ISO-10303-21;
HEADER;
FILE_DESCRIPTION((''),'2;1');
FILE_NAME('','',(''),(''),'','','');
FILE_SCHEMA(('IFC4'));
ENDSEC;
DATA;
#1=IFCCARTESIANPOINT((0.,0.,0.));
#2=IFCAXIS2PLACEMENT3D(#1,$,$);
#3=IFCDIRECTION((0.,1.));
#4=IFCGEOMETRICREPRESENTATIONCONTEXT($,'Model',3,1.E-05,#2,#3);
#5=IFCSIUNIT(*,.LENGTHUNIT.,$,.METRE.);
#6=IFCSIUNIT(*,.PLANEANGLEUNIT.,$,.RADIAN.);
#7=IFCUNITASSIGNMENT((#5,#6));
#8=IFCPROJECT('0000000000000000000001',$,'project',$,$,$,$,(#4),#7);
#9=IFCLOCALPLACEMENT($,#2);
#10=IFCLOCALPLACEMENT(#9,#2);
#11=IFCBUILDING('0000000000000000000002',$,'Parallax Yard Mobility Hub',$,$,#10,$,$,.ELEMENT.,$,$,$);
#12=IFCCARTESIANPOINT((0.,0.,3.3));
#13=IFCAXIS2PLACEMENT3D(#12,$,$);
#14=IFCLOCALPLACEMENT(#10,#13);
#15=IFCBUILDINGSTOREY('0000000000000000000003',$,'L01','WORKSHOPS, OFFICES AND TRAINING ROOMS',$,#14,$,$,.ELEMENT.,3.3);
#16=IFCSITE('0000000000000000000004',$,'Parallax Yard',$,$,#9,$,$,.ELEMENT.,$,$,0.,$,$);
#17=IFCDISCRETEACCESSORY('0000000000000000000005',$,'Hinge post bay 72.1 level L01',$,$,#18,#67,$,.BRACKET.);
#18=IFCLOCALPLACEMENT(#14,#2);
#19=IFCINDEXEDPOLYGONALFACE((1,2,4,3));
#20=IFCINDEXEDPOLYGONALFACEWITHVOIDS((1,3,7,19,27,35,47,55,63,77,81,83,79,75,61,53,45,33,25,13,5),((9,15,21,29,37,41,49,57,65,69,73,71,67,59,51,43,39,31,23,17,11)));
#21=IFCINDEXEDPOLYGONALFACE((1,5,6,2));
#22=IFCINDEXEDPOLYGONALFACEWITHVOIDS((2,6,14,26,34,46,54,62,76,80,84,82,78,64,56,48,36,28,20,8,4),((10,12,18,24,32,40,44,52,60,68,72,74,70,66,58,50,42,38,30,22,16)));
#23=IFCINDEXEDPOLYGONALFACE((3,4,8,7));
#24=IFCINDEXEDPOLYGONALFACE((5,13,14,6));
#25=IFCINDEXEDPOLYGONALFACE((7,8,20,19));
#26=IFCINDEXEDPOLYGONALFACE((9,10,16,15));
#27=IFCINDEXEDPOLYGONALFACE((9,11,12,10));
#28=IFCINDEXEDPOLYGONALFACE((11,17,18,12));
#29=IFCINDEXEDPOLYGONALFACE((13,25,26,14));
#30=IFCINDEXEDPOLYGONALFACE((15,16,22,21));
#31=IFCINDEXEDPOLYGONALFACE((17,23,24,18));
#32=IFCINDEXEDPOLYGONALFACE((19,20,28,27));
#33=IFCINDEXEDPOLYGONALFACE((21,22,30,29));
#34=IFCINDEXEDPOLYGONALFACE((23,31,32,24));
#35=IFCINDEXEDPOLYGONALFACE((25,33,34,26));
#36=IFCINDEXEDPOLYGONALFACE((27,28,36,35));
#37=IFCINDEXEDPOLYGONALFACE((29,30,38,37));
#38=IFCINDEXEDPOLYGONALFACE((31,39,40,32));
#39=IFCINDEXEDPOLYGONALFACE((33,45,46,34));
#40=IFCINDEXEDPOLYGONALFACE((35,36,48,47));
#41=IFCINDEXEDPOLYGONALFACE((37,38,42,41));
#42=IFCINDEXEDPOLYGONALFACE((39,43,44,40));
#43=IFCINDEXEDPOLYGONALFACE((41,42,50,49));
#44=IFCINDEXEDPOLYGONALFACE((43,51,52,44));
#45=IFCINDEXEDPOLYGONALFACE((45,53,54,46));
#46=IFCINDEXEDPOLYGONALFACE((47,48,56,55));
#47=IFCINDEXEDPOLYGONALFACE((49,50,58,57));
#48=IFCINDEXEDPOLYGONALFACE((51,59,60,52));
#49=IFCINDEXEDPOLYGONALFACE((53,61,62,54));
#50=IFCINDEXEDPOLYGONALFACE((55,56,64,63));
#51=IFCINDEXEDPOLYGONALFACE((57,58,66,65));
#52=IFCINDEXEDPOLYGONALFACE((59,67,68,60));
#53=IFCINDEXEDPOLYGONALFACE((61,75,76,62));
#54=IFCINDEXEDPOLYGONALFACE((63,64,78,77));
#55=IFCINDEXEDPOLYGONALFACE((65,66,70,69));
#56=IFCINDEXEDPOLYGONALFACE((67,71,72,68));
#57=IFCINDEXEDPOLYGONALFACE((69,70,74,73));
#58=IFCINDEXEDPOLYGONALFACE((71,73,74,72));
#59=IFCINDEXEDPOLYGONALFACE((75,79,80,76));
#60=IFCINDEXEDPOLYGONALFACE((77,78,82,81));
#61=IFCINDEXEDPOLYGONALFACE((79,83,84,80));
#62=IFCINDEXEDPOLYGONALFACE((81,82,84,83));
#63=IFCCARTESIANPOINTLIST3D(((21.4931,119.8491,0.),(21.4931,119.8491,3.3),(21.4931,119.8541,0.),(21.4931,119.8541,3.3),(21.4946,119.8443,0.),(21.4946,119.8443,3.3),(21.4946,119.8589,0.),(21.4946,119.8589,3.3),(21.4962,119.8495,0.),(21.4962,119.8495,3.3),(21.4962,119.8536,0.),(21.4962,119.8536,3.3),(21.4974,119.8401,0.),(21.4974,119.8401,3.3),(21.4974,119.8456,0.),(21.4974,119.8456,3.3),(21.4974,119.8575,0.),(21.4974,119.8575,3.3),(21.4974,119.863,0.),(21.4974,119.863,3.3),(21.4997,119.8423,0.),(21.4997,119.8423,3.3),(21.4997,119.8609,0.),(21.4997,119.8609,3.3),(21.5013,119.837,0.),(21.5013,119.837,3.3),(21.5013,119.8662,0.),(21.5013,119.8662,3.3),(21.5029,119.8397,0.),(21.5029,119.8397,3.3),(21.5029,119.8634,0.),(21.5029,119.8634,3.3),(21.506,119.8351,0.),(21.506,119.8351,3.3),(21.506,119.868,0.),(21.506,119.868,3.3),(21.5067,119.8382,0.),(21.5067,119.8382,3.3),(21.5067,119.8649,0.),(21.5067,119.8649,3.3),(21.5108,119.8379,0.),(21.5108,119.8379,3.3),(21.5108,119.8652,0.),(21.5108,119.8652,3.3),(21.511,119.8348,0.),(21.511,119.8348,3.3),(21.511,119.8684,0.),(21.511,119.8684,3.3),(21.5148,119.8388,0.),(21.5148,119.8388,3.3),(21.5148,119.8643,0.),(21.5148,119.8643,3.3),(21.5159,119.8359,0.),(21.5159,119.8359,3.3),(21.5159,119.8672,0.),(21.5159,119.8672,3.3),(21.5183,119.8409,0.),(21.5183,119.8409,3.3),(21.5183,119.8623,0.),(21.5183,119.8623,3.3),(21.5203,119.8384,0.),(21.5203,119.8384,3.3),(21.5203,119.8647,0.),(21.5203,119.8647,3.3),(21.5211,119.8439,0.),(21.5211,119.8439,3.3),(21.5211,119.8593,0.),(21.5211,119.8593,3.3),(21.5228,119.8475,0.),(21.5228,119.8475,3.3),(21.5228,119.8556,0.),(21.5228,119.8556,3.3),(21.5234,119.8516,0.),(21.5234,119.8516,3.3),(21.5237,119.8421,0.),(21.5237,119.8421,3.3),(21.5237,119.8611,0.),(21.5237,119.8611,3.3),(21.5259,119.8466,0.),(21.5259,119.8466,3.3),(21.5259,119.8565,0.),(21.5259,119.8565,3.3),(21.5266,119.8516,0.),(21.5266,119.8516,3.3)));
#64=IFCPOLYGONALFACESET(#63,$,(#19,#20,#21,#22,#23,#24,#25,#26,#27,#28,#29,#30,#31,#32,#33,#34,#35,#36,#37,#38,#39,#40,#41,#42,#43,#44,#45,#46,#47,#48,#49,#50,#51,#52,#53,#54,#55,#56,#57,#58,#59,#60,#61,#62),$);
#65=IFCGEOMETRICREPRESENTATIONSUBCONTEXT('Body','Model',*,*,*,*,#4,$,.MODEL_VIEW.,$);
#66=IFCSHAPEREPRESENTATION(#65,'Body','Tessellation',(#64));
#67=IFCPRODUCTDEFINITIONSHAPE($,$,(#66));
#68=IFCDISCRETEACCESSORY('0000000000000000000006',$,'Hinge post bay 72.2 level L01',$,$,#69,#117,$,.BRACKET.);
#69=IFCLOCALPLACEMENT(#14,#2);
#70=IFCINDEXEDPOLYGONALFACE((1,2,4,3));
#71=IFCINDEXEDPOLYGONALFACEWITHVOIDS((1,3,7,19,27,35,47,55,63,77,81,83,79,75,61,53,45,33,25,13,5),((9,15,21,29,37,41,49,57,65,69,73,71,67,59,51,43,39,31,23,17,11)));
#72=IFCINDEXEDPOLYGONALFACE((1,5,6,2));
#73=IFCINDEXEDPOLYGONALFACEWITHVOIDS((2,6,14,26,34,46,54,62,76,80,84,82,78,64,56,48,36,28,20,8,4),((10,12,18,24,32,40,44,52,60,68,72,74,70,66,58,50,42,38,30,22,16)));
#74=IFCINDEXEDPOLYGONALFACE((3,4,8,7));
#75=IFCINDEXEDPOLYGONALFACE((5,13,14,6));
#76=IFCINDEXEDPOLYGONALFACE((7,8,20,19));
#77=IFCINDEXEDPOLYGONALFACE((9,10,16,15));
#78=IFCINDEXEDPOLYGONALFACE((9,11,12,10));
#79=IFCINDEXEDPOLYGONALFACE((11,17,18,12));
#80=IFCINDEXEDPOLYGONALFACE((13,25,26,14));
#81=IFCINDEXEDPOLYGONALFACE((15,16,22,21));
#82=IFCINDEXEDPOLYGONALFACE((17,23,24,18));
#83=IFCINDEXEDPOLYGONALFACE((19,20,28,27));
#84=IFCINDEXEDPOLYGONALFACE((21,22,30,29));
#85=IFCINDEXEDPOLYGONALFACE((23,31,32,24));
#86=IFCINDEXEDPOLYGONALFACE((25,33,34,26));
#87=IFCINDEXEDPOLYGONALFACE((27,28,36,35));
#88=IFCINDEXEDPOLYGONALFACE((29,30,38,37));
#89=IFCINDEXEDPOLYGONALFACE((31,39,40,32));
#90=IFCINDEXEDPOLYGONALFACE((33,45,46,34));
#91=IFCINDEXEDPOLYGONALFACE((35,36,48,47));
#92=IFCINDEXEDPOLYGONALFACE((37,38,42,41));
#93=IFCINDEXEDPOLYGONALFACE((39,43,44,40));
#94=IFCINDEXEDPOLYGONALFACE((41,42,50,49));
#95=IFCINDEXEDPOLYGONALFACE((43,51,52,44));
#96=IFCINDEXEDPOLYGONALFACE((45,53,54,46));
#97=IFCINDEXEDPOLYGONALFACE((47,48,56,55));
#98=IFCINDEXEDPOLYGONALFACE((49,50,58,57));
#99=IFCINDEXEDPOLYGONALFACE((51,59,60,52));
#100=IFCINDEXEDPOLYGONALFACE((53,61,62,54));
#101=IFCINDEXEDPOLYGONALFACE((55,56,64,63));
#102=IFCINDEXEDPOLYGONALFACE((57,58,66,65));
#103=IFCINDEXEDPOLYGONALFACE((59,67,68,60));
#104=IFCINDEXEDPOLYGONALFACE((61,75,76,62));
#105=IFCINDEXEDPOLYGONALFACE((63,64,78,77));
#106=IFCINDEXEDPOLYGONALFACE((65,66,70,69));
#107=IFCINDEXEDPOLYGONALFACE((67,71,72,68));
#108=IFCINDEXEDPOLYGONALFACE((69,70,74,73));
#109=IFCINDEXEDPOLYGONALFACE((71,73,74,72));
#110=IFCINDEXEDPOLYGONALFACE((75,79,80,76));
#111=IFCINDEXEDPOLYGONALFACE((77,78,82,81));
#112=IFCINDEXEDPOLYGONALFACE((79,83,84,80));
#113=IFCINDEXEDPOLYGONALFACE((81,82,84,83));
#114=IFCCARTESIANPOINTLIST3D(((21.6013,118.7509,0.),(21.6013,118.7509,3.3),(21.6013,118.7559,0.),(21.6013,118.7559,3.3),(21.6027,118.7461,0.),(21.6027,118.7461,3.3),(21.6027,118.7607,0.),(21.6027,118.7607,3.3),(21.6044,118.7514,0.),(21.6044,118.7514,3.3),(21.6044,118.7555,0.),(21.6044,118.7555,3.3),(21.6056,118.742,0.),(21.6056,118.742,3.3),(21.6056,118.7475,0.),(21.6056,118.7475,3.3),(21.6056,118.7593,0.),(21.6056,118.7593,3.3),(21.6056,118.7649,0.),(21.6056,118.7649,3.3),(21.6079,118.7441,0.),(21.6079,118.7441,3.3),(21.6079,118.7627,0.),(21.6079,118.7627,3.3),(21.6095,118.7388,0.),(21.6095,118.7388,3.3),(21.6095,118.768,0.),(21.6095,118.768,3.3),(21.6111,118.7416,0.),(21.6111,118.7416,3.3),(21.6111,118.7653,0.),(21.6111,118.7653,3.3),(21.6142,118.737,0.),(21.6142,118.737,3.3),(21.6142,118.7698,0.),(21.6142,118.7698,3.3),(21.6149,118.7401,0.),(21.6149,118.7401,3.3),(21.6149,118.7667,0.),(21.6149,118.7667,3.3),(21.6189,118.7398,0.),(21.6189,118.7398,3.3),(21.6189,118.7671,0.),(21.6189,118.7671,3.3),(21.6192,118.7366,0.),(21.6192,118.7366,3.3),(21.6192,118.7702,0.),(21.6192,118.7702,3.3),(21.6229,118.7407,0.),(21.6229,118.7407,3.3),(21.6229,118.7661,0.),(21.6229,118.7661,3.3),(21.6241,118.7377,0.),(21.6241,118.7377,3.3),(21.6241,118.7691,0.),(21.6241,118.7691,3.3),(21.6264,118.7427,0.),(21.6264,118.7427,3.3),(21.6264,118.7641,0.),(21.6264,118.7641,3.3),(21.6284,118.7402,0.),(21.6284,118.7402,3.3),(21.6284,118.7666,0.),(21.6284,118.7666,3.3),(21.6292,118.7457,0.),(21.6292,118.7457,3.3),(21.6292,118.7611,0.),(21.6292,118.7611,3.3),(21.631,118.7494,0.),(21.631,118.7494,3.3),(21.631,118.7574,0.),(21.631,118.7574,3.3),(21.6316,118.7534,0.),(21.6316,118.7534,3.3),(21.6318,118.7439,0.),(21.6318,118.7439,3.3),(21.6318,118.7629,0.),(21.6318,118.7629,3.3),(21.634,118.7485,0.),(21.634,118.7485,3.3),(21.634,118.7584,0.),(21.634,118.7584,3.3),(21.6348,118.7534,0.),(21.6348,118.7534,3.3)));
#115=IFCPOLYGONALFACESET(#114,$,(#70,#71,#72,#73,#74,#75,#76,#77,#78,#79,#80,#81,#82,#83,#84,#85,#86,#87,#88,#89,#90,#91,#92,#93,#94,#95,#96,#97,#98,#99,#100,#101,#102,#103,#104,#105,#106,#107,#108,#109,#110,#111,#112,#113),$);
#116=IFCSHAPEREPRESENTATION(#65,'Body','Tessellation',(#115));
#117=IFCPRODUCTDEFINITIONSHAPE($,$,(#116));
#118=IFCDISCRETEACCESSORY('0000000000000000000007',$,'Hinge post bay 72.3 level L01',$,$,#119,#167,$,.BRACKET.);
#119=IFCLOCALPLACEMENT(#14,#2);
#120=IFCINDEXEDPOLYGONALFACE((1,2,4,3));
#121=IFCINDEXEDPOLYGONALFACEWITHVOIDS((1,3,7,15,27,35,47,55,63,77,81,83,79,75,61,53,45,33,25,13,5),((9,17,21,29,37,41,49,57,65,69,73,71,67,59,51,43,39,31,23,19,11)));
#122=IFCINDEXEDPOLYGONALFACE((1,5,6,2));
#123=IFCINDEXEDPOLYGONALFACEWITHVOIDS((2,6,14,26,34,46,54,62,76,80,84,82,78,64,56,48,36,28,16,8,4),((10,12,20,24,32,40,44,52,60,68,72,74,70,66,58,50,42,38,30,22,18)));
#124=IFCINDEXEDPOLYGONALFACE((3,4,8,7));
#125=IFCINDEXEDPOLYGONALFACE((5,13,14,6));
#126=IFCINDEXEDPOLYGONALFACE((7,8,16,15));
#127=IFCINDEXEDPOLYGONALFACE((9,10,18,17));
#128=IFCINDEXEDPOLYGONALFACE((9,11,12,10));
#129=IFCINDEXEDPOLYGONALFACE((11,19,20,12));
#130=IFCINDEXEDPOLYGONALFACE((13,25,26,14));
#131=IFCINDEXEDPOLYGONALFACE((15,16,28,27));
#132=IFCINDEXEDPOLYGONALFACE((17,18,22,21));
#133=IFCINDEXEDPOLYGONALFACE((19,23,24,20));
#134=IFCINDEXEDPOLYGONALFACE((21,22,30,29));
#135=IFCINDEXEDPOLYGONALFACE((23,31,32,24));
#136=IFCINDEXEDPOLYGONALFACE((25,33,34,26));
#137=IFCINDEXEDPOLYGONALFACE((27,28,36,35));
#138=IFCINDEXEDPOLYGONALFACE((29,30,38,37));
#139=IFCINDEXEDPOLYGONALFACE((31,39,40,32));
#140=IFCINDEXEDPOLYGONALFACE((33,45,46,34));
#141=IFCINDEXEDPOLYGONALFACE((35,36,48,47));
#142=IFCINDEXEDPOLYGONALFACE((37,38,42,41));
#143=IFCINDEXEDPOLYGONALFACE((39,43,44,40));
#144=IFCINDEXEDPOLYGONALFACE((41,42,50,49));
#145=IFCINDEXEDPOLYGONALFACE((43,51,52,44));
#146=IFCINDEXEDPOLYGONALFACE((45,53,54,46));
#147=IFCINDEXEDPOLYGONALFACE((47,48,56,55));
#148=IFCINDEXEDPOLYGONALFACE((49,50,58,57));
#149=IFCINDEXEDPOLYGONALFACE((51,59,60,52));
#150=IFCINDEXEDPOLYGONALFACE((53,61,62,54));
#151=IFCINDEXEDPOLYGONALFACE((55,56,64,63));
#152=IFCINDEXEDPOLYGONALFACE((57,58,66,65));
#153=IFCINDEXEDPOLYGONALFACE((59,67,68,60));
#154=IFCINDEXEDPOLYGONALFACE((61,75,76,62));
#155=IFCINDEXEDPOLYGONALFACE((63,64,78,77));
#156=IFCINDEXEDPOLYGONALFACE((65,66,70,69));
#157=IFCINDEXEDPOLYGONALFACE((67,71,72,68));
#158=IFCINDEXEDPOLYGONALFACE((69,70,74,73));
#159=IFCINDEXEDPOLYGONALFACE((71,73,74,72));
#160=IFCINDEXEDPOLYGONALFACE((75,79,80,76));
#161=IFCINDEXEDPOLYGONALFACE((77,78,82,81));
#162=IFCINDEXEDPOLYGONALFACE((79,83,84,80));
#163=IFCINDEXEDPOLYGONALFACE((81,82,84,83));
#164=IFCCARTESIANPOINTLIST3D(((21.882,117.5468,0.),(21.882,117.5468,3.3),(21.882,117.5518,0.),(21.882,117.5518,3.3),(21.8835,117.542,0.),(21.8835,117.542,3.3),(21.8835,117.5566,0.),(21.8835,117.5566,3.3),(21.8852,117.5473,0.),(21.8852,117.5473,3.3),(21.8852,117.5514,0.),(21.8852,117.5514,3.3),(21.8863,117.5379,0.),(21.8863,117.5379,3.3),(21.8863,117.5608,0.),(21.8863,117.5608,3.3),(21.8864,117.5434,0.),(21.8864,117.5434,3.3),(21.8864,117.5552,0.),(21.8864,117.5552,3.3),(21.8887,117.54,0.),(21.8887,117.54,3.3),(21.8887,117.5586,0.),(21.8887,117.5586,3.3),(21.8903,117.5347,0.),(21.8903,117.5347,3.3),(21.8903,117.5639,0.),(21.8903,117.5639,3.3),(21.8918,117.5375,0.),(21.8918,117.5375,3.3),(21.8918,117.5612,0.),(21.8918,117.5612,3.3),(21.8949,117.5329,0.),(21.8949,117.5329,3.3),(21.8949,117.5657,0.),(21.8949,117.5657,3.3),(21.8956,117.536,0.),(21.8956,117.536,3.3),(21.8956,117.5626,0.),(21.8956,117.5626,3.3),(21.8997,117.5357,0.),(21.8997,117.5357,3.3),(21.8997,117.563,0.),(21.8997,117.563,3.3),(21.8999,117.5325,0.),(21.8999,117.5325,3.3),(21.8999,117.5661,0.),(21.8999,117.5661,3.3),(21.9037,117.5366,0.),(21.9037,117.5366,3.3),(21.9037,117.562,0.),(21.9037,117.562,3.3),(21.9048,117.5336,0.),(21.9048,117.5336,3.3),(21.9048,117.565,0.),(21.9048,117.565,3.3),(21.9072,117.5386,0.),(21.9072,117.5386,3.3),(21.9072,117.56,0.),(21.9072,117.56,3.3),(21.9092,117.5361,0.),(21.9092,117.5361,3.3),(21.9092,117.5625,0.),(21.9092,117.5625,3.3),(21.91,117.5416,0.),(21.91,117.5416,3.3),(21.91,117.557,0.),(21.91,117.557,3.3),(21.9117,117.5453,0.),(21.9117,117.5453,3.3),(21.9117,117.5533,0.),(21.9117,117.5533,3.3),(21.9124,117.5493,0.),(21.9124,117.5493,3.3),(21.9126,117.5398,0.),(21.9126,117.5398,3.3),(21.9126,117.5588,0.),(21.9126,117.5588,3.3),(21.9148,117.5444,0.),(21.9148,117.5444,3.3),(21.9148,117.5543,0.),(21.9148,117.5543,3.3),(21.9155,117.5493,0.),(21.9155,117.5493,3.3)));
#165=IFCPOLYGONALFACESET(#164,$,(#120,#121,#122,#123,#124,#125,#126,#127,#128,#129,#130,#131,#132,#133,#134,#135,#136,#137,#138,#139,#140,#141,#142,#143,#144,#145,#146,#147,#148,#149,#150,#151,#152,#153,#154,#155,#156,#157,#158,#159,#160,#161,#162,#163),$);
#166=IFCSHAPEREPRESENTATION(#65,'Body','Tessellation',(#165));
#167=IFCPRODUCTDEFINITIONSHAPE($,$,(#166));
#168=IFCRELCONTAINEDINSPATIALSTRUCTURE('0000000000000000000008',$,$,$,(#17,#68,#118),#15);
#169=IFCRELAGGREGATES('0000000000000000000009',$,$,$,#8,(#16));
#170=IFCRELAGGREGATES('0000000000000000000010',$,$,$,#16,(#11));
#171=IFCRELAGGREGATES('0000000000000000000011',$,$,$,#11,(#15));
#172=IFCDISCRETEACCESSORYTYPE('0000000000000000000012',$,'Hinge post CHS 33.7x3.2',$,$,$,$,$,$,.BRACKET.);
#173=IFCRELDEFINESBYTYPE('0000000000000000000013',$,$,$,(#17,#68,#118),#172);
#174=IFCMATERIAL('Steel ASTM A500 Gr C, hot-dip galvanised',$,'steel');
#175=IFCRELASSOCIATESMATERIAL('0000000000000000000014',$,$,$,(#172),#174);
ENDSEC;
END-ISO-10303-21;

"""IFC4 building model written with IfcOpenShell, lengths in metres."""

from ifc_helpers import new_model, si_unit, direction, frame, origin, origin_2d, place, context, subcontext, project, spatial, hollow_circle, extrude, material, material_profile, profile_set, type_object, element, save


model = new_model("IFC4")

# Units and contexts
model_context = context("Model", 3, precision=1e-05, world=origin(), true_north=direction((0.0, 1.0)))
body_context = subcontext(model_context, "Body", "Model", "MODEL_VIEW")
ifc_project = project(units=[si_unit("LENGTHUNIT", "METRE"), si_unit("PLANEANGLEUNIT", "RADIAN")], contexts=[model_context])

# Site, building, storey
site_placement = place(None, origin())
site = spatial("IfcSite", under=ifc_project, at=site_placement, Name="Parallax Yard", CompositionType="ELEMENT", RefElevation=0.0)
building_placement = place(site_placement, origin())
building = spatial("IfcBuilding", under=site, at=building_placement, Name="Parallax Yard Mobility Hub", CompositionType="ELEMENT")
storey_placement = place(building_placement, frame((0.0, 0.0, 3.3)))
storey = spatial("IfcBuildingStorey", under=building, at=storey_placement, Name="L01", Description="WORKSHOPS, OFFICES AND TRAINING ROOMS", CompositionType="ELEMENT", Elevation=3.3)

# Discrete accessories
ifc_material_1 = material(Name="Steel ASTM A500 Gr C, hot-dip galvanised", Category="steel")
ifc_material_profile = material_profile(ifc_material_1, hollow_circle(Radius=0.0168, WallThickness=0.0032, at=origin_2d()), Name="CHS 33.7x3.2")
ifc_profile_set = profile_set([ifc_material_profile], Name="Steel ASTM A500 Gr C, hot-dip galvanised")
discrete_accessory_type_1 = type_object("IfcDiscreteAccessoryType", Name="Hinge post CHS 33.7x3.2", PredefinedType="BRACKET", material=ifc_profile_set)
for number, where, z_axis, x_axis, name in (
    (1, (21.5098, 119.8516, 0.0), (0.0, 0.0, 1.0), (1.0, 0.0, 0.0), "Hinge post bay 72.1 level L01"),
    (2, (21.6179, 118.7534, 0.0), (0.0, 0.0, 1.0), (1.0, 0.0, 0.0), "Hinge post bay 72.2 level L01"),
    (3, (21.8987, 117.5493, 0.0), (0.0, 0.0, 1.0), (1.0, 0.0, 0.0), "Hinge post bay 72.3 level L01"),
):
    element("IfcDiscreteAccessory", number, at=place(storey_placement, frame(where, z_axis=z_axis, x_axis=x_axis)), inside=storey, type_object=discrete_accessory_type_1, Name=name, PredefinedType="BRACKET", context=body_context, shape_type="SweptSolid", body=[
        extrude(hollow_circle(Radius=0.0168, WallThickness=0.0032, at=origin_2d()), origin(), (0.0, 0.0, 1.0), 3.3),
    ])

save(model, "model.ifc")
